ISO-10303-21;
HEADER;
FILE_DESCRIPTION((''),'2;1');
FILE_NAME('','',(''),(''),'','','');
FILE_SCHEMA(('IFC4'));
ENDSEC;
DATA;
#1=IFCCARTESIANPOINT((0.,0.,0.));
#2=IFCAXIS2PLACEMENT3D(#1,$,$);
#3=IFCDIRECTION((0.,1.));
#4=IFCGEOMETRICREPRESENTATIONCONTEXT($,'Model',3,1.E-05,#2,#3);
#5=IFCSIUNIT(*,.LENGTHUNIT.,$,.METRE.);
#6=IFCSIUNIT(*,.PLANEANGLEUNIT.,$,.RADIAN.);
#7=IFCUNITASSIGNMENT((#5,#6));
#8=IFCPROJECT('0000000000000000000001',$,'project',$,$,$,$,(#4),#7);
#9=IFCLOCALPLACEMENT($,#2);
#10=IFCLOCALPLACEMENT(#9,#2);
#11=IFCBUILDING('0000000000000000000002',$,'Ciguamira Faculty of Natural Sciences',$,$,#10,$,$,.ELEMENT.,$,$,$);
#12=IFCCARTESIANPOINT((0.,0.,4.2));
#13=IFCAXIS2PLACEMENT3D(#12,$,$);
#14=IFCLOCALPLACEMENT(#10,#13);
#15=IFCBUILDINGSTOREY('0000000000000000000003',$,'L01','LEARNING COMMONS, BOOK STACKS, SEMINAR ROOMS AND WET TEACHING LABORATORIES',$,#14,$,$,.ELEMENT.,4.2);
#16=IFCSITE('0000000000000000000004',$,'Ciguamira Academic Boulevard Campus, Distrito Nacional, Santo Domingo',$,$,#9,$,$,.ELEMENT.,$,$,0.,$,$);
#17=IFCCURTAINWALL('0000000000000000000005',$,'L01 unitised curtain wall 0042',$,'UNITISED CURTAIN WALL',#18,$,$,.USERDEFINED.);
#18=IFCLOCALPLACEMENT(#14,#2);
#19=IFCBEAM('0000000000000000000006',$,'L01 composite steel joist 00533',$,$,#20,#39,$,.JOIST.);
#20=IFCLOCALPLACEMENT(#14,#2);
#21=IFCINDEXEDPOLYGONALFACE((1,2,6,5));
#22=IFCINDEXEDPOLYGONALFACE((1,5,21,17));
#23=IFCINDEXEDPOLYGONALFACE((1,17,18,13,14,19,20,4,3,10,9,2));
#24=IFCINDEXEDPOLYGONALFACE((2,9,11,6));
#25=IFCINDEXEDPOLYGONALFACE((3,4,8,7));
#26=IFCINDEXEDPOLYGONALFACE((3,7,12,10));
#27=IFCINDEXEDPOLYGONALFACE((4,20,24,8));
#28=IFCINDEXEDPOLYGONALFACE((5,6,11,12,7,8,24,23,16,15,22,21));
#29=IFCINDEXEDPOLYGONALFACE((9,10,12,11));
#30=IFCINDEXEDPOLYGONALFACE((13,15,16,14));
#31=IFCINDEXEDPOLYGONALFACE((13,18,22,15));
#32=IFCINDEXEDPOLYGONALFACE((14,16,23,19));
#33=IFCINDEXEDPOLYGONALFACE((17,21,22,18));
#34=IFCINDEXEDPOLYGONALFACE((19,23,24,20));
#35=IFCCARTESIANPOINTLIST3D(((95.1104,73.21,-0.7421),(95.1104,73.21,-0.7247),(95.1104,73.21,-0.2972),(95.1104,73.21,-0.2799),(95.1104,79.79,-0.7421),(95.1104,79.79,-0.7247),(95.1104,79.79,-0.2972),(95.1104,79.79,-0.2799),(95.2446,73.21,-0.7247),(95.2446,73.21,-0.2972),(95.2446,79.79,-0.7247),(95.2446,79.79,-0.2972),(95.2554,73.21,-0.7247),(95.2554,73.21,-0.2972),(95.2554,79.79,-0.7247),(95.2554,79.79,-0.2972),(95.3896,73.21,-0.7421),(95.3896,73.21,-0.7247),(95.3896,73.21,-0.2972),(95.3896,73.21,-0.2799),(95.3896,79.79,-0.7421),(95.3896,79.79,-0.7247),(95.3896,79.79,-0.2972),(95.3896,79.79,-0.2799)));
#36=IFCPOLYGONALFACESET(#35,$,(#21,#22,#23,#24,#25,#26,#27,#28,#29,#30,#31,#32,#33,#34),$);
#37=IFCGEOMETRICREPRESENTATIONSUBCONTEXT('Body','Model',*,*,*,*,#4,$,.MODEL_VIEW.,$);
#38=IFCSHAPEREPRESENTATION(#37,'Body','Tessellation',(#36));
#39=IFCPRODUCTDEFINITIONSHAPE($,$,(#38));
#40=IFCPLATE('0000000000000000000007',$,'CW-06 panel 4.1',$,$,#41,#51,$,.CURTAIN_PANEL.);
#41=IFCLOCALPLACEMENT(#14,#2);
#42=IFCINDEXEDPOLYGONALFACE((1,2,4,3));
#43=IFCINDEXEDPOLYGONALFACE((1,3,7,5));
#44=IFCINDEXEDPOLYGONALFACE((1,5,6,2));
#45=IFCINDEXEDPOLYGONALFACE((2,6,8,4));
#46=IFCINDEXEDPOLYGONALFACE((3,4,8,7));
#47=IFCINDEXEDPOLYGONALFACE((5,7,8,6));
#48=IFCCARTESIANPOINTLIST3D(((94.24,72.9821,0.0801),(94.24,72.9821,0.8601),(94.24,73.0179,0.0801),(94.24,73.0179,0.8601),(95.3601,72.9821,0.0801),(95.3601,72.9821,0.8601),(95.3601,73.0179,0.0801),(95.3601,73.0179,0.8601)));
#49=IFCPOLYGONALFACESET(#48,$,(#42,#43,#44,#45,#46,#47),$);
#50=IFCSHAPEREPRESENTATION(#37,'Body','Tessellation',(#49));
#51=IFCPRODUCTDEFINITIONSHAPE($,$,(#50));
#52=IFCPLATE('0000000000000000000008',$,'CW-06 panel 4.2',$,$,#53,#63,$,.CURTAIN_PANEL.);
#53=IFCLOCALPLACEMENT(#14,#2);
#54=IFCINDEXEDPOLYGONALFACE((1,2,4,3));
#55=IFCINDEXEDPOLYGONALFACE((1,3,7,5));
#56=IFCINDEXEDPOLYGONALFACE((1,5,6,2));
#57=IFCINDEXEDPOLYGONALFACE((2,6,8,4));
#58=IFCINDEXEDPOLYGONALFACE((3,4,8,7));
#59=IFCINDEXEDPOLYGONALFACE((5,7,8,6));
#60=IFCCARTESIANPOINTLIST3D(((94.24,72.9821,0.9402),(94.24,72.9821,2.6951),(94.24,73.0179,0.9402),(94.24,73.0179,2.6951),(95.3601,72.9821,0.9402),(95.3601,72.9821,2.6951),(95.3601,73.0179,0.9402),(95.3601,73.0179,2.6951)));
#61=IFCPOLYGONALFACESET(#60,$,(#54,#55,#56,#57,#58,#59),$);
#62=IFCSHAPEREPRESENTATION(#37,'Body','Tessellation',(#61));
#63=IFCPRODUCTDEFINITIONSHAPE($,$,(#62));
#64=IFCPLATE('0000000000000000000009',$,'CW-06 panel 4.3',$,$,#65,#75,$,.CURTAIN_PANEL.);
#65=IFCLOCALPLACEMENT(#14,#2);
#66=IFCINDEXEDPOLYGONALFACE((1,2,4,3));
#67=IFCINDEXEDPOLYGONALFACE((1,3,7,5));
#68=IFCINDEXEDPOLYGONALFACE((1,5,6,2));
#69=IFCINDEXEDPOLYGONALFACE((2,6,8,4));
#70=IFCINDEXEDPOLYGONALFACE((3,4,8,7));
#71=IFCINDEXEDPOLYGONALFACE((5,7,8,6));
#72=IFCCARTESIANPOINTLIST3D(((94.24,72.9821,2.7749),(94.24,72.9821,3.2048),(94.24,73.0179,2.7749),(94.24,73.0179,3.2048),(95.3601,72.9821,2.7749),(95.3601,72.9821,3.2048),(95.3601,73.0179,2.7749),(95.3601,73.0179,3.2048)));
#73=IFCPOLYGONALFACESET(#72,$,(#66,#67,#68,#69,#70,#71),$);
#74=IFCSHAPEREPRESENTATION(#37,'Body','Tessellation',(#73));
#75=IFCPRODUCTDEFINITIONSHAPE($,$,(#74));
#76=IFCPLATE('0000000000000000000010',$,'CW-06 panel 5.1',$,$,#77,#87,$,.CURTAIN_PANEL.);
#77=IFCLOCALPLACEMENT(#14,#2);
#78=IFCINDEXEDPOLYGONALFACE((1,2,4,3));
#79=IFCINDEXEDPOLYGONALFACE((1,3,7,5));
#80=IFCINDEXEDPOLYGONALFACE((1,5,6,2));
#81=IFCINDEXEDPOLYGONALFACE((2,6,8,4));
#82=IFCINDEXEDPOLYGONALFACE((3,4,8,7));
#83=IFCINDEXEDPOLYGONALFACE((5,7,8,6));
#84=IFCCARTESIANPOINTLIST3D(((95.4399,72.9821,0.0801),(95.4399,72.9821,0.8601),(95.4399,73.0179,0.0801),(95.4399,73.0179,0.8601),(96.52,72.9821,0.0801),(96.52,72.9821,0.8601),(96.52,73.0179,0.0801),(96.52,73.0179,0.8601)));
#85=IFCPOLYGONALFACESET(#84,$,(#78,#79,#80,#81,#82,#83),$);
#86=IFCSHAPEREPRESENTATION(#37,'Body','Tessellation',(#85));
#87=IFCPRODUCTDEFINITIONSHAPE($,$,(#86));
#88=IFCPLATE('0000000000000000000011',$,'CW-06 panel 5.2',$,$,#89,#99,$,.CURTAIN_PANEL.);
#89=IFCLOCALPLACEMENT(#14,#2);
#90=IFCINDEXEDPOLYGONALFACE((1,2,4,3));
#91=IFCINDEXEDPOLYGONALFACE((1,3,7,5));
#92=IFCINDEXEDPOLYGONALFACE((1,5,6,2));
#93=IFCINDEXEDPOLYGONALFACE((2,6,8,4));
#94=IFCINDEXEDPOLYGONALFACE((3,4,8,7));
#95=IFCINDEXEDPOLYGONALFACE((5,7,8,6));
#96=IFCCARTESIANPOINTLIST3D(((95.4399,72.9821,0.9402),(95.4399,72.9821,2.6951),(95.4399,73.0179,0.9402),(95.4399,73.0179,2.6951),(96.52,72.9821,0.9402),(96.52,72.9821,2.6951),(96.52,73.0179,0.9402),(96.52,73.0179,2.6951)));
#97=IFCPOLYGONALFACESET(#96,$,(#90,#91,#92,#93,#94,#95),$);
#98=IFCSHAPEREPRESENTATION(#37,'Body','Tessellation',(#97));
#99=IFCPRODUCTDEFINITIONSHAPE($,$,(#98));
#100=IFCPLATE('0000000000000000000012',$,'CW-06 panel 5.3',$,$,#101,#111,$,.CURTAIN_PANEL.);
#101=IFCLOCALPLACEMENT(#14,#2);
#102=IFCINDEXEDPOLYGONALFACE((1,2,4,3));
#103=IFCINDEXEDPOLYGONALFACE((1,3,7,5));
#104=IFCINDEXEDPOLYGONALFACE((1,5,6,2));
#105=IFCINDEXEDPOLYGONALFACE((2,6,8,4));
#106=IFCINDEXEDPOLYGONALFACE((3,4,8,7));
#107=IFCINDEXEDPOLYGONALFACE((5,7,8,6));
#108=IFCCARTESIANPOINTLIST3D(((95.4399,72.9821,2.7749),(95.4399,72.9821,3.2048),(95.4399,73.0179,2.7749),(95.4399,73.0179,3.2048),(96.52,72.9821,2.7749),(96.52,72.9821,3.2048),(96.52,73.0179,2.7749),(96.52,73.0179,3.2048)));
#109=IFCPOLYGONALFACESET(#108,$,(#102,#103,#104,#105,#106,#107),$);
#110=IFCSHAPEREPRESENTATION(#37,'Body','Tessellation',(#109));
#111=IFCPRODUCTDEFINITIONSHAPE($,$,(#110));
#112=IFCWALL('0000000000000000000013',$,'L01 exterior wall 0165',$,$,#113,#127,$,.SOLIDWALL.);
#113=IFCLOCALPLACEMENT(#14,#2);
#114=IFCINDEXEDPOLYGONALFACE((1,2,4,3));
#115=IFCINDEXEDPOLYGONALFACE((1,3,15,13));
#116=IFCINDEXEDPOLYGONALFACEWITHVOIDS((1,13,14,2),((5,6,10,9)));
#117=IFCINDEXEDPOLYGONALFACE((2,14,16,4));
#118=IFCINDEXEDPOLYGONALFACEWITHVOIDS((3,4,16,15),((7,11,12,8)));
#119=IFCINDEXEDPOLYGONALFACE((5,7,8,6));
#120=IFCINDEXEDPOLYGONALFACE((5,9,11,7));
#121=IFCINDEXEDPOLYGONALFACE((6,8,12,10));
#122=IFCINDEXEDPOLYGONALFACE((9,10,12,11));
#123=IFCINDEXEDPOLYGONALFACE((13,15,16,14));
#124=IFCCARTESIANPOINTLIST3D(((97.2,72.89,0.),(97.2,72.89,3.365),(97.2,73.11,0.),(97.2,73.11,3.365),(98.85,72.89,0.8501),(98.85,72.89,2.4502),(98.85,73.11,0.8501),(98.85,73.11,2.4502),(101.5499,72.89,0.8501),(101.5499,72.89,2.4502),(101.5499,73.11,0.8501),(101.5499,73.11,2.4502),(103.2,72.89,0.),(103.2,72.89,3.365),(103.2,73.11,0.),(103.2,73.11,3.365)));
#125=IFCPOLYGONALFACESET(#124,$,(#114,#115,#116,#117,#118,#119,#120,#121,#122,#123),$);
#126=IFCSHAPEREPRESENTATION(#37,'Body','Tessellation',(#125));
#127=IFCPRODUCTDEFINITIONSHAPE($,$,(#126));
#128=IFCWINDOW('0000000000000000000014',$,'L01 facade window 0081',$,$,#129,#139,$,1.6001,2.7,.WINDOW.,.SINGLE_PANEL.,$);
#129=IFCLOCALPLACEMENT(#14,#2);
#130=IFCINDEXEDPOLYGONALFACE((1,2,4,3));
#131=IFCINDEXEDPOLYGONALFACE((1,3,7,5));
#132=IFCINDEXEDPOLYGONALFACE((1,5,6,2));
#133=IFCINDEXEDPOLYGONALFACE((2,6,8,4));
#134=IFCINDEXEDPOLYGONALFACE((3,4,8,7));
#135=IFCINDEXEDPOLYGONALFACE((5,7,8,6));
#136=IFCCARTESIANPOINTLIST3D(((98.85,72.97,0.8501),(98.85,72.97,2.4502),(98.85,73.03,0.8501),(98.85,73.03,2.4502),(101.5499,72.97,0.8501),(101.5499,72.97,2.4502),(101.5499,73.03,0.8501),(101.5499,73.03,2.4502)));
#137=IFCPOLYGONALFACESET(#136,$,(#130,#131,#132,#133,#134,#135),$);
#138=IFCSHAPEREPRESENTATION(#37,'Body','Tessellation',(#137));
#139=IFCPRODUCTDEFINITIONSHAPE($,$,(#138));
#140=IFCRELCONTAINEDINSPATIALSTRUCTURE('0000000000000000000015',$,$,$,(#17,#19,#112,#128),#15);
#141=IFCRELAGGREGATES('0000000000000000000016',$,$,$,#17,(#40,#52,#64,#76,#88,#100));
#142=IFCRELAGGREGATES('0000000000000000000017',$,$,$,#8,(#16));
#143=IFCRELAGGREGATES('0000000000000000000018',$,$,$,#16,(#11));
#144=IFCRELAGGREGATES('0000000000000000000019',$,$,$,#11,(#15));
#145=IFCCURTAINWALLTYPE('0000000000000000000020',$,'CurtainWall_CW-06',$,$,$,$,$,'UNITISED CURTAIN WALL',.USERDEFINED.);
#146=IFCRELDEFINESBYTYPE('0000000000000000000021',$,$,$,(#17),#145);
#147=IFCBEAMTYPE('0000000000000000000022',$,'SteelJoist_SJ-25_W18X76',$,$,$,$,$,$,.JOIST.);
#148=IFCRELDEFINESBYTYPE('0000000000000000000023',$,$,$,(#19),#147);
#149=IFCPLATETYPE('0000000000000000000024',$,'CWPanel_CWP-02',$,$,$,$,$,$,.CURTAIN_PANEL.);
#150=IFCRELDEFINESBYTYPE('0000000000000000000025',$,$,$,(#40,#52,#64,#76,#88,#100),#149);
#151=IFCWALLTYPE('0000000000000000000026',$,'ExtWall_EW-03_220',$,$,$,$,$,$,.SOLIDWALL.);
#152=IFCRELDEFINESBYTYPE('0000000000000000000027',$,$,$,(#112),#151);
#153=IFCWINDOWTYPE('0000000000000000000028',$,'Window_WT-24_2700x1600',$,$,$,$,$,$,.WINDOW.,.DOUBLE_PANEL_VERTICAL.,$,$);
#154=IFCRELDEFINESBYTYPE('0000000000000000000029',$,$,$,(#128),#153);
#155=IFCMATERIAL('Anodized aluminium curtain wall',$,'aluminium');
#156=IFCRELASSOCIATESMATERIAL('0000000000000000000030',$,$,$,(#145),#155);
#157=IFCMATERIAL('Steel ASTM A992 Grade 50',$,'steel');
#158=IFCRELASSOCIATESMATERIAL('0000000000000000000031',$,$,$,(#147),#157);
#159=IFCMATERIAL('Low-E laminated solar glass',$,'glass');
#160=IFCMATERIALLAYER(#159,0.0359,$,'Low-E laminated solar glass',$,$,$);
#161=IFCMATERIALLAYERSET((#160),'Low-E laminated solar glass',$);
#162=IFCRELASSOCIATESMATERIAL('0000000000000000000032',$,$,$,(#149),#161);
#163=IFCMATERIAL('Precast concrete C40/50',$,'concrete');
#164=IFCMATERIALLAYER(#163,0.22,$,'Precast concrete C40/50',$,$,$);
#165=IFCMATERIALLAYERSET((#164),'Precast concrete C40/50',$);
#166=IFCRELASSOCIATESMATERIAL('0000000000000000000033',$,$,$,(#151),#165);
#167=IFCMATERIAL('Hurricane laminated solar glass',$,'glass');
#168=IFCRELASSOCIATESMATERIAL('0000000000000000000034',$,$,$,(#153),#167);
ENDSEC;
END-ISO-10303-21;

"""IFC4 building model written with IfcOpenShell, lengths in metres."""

from ifc_helpers import new_model, si_unit, direction, frame, frame_2d, origin, origin_2d, place, context, subcontext, project, spatial, rectangle, i_section, extrude, material, layer, layer_set, material_profile, profile_set, type_object, element, fill, aggregate, save


model = new_model("IFC4")

# Units and contexts
model_context = context("Model", 3, precision=1e-05, world=origin(), true_north=direction((0.0, 1.0)))
body_context = subcontext(model_context, "Body", "Model", "MODEL_VIEW")
ifc_project = project(units=[si_unit("LENGTHUNIT", "METRE"), si_unit("PLANEANGLEUNIT", "RADIAN")], contexts=[model_context])

# Site, building, storey
site_placement = place(None, origin())
site = spatial("IfcSite", under=ifc_project, at=site_placement, Name="Ciguamira Academic Boulevard Campus, Distrito Nacional, Santo Domingo", CompositionType="ELEMENT", RefElevation=0.0)
building_placement = place(site_placement, origin())
building = spatial("IfcBuilding", under=site, at=building_placement, Name="Ciguamira Faculty of Natural Sciences", CompositionType="ELEMENT")
storey_placement = place(building_placement, frame((0.0, 0.0, 4.2)))
storey = spatial("IfcBuildingStorey", under=building, at=storey_placement, Name="L01", Description="LEARNING COMMONS, BOOK STACKS, SEMINAR ROOMS AND WET TEACHING LABORATORIES", CompositionType="ELEMENT", Elevation=4.2)

# Curtain wall
ifc_material_1 = material(Name="Anodized aluminium curtain wall", Category="aluminium")
curtain_wall_type = type_object("IfcCurtainWallType", Name="CurtainWall_CW-06", ElementType="UNITISED CURTAIN WALL", PredefinedType="USERDEFINED", material=ifc_material_1)
curtain_wall_placement = place(storey_placement, origin())
curtain_wall = element("IfcCurtainWall", 1, at=curtain_wall_placement, inside=storey, type_object=curtain_wall_type, Name="L01 unitised curtain wall 0042", ObjectType="UNITISED CURTAIN WALL", PredefinedType="USERDEFINED")

# Beam
ifc_material_2 = material(Name="Steel ASTM A992 Grade 50", Category="steel")
ifc_material_profile_1 = material_profile(ifc_material_2, i_section(OverallWidth=0.2793, OverallDepth=0.4622, WebThickness=0.0107, FlangeThickness=0.0173, at=origin_2d()), Name="W18X76")
ifc_profile_set_1 = profile_set([ifc_material_profile_1], Name="Steel ASTM A992 Grade 50")
beam_type_1 = type_object("IfcBeamType", Name="SteelJoist_SJ-25_W18X76", PredefinedType="JOIST", material=ifc_profile_set_1)
beam_1_placement = place(storey_placement, frame((95.25, 73.21, -0.511), z_axis=(0.0, 1.0, 0.0), x_axis=(-1.0, 0.0, 0.0)))
element("IfcBeam", 2, at=beam_1_placement, inside=storey, type_object=beam_type_1, Name="L01 composite steel joist 00533", PredefinedType="JOIST", context=body_context, shape_type="SweptSolid", body=[
    extrude(i_section(OverallWidth=0.2793, OverallDepth=0.4622, WebThickness=0.0107, FlangeThickness=0.0173, at=origin_2d()), origin(), (0.0, 0.0, 1.0), 6.5801),
])

# Plates
ifc_material_3 = material(Name="Low-E laminated solar glass", Category="glass")
ifc_layer_1 = layer(ifc_material_3, 0.0359, Name="Low-E laminated solar glass")
ifc_layer_set_1 = layer_set([ifc_layer_1], Name="Low-E laminated solar glass")
plate_type = type_object("IfcPlateType", Name="CWPanel_CWP-02", PredefinedType="CURTAIN_PANEL", material=ifc_layer_set_1)
plate_1_placement = place(storey_placement, frame((94.8, 73.0, 0.0801), z_axis=(0.0, 0.0, 1.0), x_axis=(1.0, 0.0, 0.0)))
plate_1 = element("IfcPlate", 3, at=plate_1_placement, type_object=plate_type, Name="CW-06 panel 4.1", PredefinedType="CURTAIN_PANEL", context=body_context, shape_type="SweptSolid", body=[
    extrude(rectangle(XDim=1.1201, YDim=0.0359, at=origin_2d()), origin(), (0.0, 0.0, 1.0), 0.78),
])
plate_2_placement = place(storey_placement, frame((94.8, 73.0, 0.9402), z_axis=(0.0, 0.0, 1.0), x_axis=(1.0, 0.0, 0.0)))
plate_2 = element("IfcPlate", 4, at=plate_2_placement, type_object=plate_type, Name="CW-06 panel 4.2", PredefinedType="CURTAIN_PANEL", context=body_context, shape_type="SweptSolid", body=[
    extrude(rectangle(XDim=1.1201, YDim=0.0359, at=origin_2d()), origin(), (0.0, 0.0, 1.0), 1.7549),
])
plate_3_placement = place(storey_placement, frame((94.8, 73.0, 2.7749), z_axis=(0.0, 0.0, 1.0), x_axis=(1.0, 0.0, 0.0)))
plate_3 = element("IfcPlate", 5, at=plate_3_placement, type_object=plate_type, Name="CW-06 panel 4.3", PredefinedType="CURTAIN_PANEL", context=body_context, shape_type="SweptSolid", body=[
    extrude(rectangle(XDim=1.1201, YDim=0.0359, at=origin_2d()), origin(), (0.0, 0.0, 1.0), 0.4299),
])
plate_4_placement = place(storey_placement, frame((95.98, 73.0, 0.0801), z_axis=(0.0, 0.0, 1.0), x_axis=(1.0, 0.0, 0.0)))
plate_4 = element("IfcPlate", 6, at=plate_4_placement, type_object=plate_type, Name="CW-06 panel 5.1", PredefinedType="CURTAIN_PANEL", context=body_context, shape_type="SweptSolid", body=[
    extrude(rectangle(XDim=1.0801, YDim=0.0359, at=origin_2d()), origin(), (0.0, 0.0, 1.0), 0.78),
])
plate_5_placement = place(storey_placement, frame((95.98, 73.0, 0.9402), z_axis=(0.0, 0.0, 1.0), x_axis=(1.0, 0.0, 0.0)))
plate_5 = element("IfcPlate", 7, at=plate_5_placement, type_object=plate_type, Name="CW-06 panel 5.2", PredefinedType="CURTAIN_PANEL", context=body_context, shape_type="SweptSolid", body=[
    extrude(rectangle(XDim=1.0801, YDim=0.0359, at=origin_2d()), origin(), (0.0, 0.0, 1.0), 1.7549),
])
plate_6_placement = place(storey_placement, frame((95.98, 73.0, 2.7749), z_axis=(0.0, 0.0, 1.0), x_axis=(1.0, 0.0, 0.0)))
plate_6 = element("IfcPlate", 8, at=plate_6_placement, type_object=plate_type, Name="CW-06 panel 5.3", PredefinedType="CURTAIN_PANEL", context=body_context, shape_type="SweptSolid", body=[
    extrude(rectangle(XDim=1.0801, YDim=0.0359, at=origin_2d()), origin(), (0.0, 0.0, 1.0), 0.4299),
])
aggregate(curtain_wall, [plate_1, plate_2, plate_3, plate_4, plate_5, plate_6])

# Wall, opening, window
ifc_material_4 = material(Name="Precast concrete C40/50", Category="concrete")
ifc_layer_2 = layer(ifc_material_4, 0.22, Name="Precast concrete C40/50")
ifc_layer_set_2 = layer_set([ifc_layer_2], Name="Precast concrete C40/50")
wall_type = type_object("IfcWallType", Name="ExtWall_EW-03_220", PredefinedType="SOLIDWALL", material=ifc_layer_set_2)
wall_placement = place(storey_placement, frame((97.2, 73.0, 0.0), z_axis=(0.0, 0.0, 1.0), x_axis=(1.0, 0.0, 0.0)))
wall = element("IfcWall", 9, at=wall_placement, inside=storey, type_object=wall_type, Name="L01 exterior wall 0165", PredefinedType="SOLIDWALL", context=body_context, shape_type="SweptSolid", body=[
    extrude(rectangle(XDim=6.0, YDim=0.22, at=frame_2d((3.0, 0.0))), origin(), (0.0, 0.0, 1.0), 3.365),
])
opening_placement = place(wall_placement, frame((1.6499, 0.0, 0.8501)))
opening = element("IfcOpeningElement", 10, at=opening_placement, cuts=wall, PredefinedType="OPENING", context=body_context, shape_type="SweptSolid", body=[
    extrude(rectangle(XDim=2.7, YDim=1.6001, at=frame_2d((1.3501, 0.8))), frame((0.0, 0.1199, 0.0), z_axis=(0.0, -1.0, 0.0), x_axis=(1.0, 0.0, 0.0)), (0.0, 0.0, 1.0), 0.24),
])
ifc_material_5 = material(Name="Hurricane laminated solar glass", Category="glass")
window_type = type_object("IfcWindowType", Name="Window_WT-24_2700x1600", PartitioningType="DOUBLE_PANEL_VERTICAL", PredefinedType="WINDOW", material=ifc_material_5)
window_placement = place(opening_placement, origin())
window = element("IfcWindow", 11, at=window_placement, inside=storey, type_object=window_type, Name="L01 facade window 0081", OverallHeight=1.6001, OverallWidth=2.7, PartitioningType="SINGLE_PANEL", PredefinedType="WINDOW", context=body_context, shape_type="SweptSolid", body=[
    extrude(rectangle(XDim=2.7, YDim=1.6001, at=frame_2d((1.3501, 0.8))), frame((0.0, 0.03, 0.0), z_axis=(0.0, -1.0, 0.0), x_axis=(1.0, 0.0, 0.0)), (0.0, 0.0, 1.0), 0.0601),
])
fill(opening, window)

save(model, "model.ifc")
